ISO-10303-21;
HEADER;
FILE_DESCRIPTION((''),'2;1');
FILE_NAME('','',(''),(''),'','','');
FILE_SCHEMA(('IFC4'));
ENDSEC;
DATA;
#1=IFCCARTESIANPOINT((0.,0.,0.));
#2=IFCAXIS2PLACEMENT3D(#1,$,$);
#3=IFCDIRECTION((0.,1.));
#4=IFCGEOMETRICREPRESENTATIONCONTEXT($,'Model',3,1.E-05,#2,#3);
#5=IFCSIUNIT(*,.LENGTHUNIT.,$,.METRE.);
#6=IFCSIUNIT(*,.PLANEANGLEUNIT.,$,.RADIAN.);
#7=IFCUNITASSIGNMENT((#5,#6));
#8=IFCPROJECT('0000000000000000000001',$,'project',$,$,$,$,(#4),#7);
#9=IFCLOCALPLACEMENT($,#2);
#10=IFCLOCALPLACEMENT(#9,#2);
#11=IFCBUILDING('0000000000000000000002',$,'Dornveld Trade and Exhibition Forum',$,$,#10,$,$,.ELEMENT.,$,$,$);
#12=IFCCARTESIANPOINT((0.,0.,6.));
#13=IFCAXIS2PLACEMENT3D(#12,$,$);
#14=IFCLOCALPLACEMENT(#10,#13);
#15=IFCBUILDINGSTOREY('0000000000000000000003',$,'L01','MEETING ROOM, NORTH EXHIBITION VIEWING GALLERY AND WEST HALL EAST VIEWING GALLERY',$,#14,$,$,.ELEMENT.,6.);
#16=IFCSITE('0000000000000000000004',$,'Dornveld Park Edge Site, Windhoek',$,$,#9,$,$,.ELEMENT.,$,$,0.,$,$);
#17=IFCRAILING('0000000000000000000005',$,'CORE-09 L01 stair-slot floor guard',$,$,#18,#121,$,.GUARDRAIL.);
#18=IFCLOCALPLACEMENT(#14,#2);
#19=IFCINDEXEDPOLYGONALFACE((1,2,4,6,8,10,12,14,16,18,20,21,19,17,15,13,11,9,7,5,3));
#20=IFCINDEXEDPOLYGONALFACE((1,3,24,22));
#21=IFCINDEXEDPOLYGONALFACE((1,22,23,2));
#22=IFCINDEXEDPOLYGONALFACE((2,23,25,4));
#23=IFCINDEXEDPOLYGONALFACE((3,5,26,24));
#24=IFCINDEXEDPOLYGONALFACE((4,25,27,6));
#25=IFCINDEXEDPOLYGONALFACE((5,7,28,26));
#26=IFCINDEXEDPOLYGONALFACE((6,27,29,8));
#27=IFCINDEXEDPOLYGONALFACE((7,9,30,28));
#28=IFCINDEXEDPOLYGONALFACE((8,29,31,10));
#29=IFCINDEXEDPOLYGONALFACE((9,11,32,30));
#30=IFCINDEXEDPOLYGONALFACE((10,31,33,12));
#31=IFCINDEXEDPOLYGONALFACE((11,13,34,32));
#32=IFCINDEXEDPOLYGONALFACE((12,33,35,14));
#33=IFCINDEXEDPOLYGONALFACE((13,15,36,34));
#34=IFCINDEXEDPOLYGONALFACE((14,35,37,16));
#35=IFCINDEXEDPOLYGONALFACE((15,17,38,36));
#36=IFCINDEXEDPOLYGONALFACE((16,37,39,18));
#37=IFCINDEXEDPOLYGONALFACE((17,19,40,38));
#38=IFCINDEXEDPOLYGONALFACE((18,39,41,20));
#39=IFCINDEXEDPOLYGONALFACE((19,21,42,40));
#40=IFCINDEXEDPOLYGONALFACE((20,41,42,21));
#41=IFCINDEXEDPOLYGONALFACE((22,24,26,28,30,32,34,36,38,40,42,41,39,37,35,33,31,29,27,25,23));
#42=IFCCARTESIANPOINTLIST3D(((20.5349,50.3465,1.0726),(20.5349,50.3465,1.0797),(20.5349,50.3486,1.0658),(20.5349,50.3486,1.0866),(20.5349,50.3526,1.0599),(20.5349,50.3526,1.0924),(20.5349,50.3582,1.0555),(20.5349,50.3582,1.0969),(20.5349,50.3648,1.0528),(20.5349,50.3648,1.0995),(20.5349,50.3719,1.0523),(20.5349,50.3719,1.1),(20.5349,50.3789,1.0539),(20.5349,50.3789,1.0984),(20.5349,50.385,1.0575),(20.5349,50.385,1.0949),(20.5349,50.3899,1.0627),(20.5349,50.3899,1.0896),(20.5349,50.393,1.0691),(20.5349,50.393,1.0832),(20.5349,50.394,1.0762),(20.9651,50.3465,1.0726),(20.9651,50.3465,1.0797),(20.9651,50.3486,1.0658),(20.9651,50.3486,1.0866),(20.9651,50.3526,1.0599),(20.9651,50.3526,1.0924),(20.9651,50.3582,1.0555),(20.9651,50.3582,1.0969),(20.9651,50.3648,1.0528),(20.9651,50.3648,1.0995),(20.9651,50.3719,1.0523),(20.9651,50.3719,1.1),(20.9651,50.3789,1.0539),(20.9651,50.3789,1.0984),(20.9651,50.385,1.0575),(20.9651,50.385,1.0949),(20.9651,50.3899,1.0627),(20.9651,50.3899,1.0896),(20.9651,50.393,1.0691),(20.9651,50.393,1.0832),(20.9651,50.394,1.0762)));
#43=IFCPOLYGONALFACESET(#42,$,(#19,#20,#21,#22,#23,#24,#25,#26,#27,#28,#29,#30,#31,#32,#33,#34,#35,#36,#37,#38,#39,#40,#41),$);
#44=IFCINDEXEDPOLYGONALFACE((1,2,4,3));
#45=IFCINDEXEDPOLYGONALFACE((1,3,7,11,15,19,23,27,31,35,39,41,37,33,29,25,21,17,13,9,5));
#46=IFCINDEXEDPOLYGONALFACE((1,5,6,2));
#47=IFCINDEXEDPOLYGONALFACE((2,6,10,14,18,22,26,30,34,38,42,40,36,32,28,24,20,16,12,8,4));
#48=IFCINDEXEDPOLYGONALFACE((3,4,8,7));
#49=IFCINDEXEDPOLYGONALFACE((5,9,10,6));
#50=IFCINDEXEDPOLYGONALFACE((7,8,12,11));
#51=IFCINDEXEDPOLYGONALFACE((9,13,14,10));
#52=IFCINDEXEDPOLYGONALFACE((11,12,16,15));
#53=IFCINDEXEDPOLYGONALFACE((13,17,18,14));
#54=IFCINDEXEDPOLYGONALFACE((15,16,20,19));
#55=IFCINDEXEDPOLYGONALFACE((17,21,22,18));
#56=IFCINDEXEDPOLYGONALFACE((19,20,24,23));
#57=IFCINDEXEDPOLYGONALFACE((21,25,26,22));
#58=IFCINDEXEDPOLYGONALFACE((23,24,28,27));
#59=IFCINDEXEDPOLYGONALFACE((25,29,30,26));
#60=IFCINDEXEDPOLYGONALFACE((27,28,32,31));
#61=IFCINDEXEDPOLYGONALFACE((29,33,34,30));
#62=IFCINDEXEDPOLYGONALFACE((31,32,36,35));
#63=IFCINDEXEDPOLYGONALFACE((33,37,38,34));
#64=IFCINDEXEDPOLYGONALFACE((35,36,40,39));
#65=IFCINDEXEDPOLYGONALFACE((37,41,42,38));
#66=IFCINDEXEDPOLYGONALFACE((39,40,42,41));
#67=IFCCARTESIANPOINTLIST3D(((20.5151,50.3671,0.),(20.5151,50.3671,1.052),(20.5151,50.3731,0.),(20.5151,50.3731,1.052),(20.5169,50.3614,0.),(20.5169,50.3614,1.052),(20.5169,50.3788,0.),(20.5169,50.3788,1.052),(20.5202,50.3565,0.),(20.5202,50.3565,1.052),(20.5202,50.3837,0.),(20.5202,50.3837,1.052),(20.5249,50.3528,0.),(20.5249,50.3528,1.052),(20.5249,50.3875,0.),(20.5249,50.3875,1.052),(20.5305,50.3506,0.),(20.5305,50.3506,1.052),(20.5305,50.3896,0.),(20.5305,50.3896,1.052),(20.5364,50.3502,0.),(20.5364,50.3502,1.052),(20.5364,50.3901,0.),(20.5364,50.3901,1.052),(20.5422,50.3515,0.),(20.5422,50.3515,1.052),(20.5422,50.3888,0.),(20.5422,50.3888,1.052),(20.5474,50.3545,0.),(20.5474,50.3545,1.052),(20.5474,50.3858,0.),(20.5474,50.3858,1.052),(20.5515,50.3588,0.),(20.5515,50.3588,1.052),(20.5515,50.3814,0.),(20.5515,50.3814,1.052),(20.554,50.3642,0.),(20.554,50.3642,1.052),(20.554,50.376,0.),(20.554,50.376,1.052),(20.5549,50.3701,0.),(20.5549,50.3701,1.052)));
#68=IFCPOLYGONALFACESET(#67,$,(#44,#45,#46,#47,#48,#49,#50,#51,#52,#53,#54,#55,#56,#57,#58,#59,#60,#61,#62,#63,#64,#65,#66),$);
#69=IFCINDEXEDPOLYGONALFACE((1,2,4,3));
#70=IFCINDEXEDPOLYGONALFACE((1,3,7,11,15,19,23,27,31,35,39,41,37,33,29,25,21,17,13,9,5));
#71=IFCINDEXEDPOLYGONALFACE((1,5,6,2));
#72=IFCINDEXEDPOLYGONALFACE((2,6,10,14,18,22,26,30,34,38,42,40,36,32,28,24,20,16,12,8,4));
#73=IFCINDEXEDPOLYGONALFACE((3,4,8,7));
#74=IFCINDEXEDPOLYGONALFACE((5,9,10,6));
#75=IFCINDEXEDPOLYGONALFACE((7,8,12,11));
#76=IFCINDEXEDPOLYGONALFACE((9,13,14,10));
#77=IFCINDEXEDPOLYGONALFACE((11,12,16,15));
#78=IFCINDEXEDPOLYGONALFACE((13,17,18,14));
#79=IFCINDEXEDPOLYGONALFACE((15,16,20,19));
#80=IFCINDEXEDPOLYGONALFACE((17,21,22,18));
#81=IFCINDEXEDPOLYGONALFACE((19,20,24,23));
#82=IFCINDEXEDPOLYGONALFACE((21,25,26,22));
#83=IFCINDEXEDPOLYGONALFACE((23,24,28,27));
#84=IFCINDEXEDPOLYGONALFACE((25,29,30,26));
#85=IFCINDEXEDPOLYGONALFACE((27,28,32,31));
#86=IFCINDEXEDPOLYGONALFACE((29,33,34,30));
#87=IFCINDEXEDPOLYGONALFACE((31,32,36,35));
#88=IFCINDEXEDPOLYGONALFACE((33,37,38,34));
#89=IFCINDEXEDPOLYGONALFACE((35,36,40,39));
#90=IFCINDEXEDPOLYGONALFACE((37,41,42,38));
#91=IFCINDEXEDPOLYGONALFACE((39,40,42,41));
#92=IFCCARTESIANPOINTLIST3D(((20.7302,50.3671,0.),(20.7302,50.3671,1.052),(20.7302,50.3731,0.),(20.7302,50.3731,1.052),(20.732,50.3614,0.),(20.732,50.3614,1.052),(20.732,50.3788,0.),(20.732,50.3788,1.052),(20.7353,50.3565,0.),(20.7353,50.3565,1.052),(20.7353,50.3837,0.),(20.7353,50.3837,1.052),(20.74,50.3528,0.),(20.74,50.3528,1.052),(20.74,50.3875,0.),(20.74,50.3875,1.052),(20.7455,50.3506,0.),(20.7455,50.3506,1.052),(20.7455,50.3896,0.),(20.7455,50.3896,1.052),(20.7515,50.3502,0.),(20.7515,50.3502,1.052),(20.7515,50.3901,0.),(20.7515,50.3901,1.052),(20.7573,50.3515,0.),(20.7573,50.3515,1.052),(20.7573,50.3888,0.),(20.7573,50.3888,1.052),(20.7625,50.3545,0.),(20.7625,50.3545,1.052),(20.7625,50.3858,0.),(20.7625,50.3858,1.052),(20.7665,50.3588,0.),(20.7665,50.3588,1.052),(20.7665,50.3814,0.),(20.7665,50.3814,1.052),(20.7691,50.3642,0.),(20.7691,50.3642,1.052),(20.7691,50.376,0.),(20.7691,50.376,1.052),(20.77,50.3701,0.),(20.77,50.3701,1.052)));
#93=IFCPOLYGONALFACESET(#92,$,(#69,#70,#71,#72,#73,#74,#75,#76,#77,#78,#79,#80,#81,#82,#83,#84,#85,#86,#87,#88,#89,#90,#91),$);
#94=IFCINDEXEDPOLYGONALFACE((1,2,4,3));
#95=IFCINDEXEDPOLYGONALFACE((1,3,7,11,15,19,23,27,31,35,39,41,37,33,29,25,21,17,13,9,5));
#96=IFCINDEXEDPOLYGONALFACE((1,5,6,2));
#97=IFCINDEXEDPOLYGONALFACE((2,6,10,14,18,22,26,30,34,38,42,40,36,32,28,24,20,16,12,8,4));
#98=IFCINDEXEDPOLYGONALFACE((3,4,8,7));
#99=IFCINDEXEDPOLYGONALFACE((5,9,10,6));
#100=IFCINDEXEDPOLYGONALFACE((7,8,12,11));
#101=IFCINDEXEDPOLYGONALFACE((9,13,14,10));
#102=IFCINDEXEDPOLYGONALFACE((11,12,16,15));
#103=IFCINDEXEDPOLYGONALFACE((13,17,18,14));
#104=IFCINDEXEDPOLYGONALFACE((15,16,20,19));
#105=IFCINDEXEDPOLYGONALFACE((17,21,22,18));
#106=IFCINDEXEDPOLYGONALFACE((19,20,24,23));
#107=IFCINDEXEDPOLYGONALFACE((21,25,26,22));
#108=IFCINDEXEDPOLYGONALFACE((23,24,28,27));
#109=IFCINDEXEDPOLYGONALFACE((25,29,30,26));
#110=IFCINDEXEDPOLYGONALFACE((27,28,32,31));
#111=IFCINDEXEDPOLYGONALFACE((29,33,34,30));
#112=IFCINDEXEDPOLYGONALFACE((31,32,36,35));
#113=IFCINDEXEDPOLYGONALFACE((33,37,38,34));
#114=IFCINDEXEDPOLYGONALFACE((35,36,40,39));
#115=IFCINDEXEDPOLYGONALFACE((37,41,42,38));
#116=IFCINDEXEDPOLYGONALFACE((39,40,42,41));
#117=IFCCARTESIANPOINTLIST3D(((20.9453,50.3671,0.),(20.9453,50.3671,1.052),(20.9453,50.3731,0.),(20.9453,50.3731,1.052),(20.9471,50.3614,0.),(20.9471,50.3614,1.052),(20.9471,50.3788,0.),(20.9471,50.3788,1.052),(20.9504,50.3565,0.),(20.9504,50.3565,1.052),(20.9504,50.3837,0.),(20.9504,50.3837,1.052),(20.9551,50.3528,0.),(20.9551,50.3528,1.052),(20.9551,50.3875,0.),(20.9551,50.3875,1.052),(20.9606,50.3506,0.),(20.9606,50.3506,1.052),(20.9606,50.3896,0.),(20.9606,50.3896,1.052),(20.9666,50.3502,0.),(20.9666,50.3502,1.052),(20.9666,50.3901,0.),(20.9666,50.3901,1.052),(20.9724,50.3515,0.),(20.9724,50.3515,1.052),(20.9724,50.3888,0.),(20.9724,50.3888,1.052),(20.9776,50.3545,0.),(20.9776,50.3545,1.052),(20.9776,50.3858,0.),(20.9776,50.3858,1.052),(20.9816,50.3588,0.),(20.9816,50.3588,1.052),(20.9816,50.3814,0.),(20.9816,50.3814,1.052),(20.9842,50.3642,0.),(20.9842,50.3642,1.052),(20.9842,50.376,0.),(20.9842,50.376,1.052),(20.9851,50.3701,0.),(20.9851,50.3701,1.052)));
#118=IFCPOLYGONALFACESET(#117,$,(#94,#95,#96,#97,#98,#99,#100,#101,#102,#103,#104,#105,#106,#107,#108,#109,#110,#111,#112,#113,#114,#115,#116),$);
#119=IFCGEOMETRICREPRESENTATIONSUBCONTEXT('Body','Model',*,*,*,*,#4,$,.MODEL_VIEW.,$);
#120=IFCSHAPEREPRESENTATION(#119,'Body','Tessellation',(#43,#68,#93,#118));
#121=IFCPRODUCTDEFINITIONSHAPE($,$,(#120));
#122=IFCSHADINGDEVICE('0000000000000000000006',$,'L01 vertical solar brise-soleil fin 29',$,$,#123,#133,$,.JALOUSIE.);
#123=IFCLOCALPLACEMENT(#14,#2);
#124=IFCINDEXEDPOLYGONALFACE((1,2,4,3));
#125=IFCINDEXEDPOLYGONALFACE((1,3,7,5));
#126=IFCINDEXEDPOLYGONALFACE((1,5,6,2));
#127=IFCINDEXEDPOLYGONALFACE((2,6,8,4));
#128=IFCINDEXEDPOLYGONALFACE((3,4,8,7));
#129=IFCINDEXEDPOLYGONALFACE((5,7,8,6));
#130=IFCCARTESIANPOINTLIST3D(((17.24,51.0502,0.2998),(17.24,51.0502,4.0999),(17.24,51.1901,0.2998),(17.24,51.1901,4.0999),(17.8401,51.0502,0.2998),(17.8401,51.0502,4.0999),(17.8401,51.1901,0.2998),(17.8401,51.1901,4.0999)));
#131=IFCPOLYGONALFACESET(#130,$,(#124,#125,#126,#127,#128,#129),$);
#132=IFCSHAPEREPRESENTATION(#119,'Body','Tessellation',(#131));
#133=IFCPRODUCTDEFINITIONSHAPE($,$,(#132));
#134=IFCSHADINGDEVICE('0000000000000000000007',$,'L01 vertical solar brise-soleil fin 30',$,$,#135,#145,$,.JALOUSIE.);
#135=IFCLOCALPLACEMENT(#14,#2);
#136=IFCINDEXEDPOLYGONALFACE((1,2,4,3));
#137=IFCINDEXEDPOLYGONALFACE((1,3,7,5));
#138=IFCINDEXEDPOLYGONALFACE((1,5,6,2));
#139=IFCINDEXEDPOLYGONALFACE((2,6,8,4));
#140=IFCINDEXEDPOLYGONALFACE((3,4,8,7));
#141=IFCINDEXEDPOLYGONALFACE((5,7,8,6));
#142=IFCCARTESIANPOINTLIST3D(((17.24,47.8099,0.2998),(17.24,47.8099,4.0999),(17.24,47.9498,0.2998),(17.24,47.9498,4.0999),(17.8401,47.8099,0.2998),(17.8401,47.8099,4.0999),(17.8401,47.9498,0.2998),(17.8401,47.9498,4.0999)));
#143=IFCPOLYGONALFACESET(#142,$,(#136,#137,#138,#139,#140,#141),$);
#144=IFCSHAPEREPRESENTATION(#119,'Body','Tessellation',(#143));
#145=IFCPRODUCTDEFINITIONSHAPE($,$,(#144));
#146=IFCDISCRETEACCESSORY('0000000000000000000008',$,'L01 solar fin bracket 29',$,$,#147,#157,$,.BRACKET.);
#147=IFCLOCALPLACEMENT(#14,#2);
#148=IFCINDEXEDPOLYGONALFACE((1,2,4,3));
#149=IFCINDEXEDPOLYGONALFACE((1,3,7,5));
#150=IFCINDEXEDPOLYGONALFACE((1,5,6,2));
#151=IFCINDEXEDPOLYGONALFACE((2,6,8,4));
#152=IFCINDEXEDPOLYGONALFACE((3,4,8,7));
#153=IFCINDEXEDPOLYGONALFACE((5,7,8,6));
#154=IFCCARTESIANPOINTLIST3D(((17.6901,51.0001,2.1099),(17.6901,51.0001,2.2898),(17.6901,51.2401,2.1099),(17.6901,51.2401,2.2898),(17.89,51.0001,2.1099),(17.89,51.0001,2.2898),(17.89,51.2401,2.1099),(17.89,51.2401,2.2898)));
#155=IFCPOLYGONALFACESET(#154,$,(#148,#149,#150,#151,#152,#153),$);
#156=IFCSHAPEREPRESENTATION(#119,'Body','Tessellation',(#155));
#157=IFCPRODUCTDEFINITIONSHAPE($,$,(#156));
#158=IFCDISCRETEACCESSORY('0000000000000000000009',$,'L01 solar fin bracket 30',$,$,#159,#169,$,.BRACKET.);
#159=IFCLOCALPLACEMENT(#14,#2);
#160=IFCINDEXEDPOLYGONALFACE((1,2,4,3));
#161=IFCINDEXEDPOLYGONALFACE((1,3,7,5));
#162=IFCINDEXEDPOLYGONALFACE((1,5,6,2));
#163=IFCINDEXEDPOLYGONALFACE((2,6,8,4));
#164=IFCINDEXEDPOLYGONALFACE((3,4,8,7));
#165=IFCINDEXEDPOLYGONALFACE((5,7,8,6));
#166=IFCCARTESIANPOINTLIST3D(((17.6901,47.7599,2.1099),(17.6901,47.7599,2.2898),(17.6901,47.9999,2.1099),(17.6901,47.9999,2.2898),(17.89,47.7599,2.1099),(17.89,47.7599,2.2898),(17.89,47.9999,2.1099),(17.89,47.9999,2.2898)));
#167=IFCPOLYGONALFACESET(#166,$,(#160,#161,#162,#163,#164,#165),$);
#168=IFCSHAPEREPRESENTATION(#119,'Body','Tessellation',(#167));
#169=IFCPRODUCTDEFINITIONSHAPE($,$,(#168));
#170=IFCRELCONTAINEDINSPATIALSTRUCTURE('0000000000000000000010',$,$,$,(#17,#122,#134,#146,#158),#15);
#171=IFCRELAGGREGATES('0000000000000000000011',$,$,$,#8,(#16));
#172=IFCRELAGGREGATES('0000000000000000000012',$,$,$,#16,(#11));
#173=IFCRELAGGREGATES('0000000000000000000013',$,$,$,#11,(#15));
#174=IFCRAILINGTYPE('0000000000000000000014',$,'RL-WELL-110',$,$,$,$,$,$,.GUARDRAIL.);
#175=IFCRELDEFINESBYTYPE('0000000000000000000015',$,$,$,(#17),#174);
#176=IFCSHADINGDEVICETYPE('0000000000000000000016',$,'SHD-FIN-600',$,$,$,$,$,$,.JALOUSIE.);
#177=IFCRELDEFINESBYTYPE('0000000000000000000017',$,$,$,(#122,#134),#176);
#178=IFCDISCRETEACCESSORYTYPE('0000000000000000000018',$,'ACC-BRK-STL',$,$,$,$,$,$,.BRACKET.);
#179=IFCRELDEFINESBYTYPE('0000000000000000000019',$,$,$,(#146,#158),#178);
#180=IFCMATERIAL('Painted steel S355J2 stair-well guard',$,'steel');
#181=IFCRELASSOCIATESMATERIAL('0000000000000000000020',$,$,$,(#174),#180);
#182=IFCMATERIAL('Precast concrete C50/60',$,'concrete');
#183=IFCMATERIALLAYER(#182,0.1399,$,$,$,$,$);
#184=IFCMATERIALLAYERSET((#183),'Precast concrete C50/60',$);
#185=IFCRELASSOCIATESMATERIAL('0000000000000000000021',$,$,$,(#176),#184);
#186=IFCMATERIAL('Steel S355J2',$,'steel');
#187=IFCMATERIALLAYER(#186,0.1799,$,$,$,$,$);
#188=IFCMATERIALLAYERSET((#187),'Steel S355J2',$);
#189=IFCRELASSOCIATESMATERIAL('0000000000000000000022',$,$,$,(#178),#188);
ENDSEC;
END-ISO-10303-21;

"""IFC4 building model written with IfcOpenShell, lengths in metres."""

from ifc_helpers import new_model, si_unit, direction, frame, origin, origin_2d, place, context, subcontext, project, spatial, rectangle, circle, extrude, material, layer, layer_set, type_object, element, save


model = new_model("IFC4")

# Units and contexts
model_context = context("Model", 3, precision=1e-05, world=origin(), true_north=direction((0.0, 1.0)))
body_context = subcontext(model_context, "Body", "Model", "MODEL_VIEW")
ifc_project = project(units=[si_unit("LENGTHUNIT", "METRE"), si_unit("PLANEANGLEUNIT", "RADIAN")], contexts=[model_context])

# Site, building, storey
site_placement = place(None, origin())
site = spatial("IfcSite", under=ifc_project, at=site_placement, Name="Dornveld Park Edge Site, Windhoek", CompositionType="ELEMENT", RefElevation=0.0)
building_placement = place(site_placement, origin())
building = spatial("IfcBuilding", under=site, at=building_placement, Name="Dornveld Trade and Exhibition Forum", CompositionType="ELEMENT")
storey_placement = place(building_placement, frame((0.0, 0.0, 6.0)))
storey = spatial("IfcBuildingStorey", under=building, at=storey_placement, Name="L01", Description="MEETING ROOM, NORTH EXHIBITION VIEWING GALLERY AND WEST HALL EAST VIEWING GALLERY", CompositionType="ELEMENT", Elevation=6.0)

# Railing
ifc_material_1 = material(Name="Painted steel S355J2 stair-well guard", Category="steel")
railing_type_1 = type_object("IfcRailingType", Name="RL-WELL-110", PredefinedType="GUARDRAIL", material=ifc_material_1)
railing_1_placement = place(storey_placement, frame((20.5349, 50.3701, 0.0)))
element("IfcRailing", 1, at=railing_1_placement, inside=storey, type_object=railing_type_1, Name="CORE-09 L01 stair-slot floor guard", PredefinedType="GUARDRAIL", context=body_context, shape_type="SweptSolid", body=[
    extrude(circle(Radius=0.0239, at=origin_2d()), frame((0.0, 0.0, 1.0762), z_axis=(1.0, 0.0, 0.0), x_axis=(0.0, 1.0, 0.0)), (0.0, 0.0, 1.0), 0.4302),
    extrude(circle(Radius=0.02, at=origin_2d()), origin(), (0.0, 0.0, 1.0), 1.052),
    extrude(circle(Radius=0.02, at=origin_2d()), frame((0.2151, 0.0, 0.0)), (0.0, 0.0, 1.0), 1.052),
    extrude(circle(Radius=0.02, at=origin_2d()), frame((0.4302, 0.0, 0.0)), (0.0, 0.0, 1.0), 1.052),
])

# Shading devices
ifc_material_2 = material(Name="Precast concrete C50/60", Category="concrete")
ifc_layer_1 = layer(ifc_material_2, 0.1399)
ifc_layer_set_1 = layer_set([ifc_layer_1], Name="Precast concrete C50/60")
shading_device_type = type_object("IfcShadingDeviceType", Name="SHD-FIN-600", PredefinedType="JALOUSIE", material=ifc_layer_set_1)
for number, where, z_axis, x_axis, name in (
    (2, (17.54, 51.1201, 0.2998), (0.0, 0.0, 1.0), (0.0, -1.0, 0.0), "L01 vertical solar brise-soleil fin 29"),
    (3, (17.54, 47.8799, 0.2998), (0.0, 0.0, 1.0), (0.0, -1.0, 0.0), "L01 vertical solar brise-soleil fin 30"),
):
    element("IfcShadingDevice", number, at=place(storey_placement, frame(where, z_axis=z_axis, x_axis=x_axis)), inside=storey, type_object=shading_device_type, Name=name, PredefinedType="JALOUSIE", context=body_context, shape_type="SweptSolid", body=[
        extrude(rectangle(XDim=0.1399, YDim=0.6001, at=origin_2d()), origin(), (0.0, 0.0, 1.0), 3.8),
    ])

# Discrete accessories
ifc_material_3 = material(Name="Steel S355J2", Category="steel")
ifc_layer_2 = layer(ifc_material_3, 0.1799)
ifc_layer_set_2 = layer_set([ifc_layer_2], Name="Steel S355J2")
discrete_accessory_type = type_object("IfcDiscreteAccessoryType", Name="ACC-BRK-STL", PredefinedType="BRACKET", material=ifc_layer_set_2)
for number, where, z_axis, x_axis, name in (
    (4, (17.79, 51.1201, 2.1099), (0.0, 0.0, 1.0), (0.0, -1.0, 0.0), "L01 solar fin bracket 29"),
    (5, (17.79, 47.8799, 2.1099), (0.0, 0.0, 1.0), (0.0, -1.0, 0.0), "L01 solar fin bracket 30"),
):
    element("IfcDiscreteAccessory", number, at=place(storey_placement, frame(where, z_axis=z_axis, x_axis=x_axis)), inside=storey, type_object=discrete_accessory_type, Name=name, PredefinedType="BRACKET", context=body_context, shape_type="SweptSolid", body=[
        extrude(rectangle(XDim=0.24, YDim=0.2, at=origin_2d()), origin(), (0.0, 0.0, 1.0), 0.1799),
    ])

save(model, "model.ifc")
